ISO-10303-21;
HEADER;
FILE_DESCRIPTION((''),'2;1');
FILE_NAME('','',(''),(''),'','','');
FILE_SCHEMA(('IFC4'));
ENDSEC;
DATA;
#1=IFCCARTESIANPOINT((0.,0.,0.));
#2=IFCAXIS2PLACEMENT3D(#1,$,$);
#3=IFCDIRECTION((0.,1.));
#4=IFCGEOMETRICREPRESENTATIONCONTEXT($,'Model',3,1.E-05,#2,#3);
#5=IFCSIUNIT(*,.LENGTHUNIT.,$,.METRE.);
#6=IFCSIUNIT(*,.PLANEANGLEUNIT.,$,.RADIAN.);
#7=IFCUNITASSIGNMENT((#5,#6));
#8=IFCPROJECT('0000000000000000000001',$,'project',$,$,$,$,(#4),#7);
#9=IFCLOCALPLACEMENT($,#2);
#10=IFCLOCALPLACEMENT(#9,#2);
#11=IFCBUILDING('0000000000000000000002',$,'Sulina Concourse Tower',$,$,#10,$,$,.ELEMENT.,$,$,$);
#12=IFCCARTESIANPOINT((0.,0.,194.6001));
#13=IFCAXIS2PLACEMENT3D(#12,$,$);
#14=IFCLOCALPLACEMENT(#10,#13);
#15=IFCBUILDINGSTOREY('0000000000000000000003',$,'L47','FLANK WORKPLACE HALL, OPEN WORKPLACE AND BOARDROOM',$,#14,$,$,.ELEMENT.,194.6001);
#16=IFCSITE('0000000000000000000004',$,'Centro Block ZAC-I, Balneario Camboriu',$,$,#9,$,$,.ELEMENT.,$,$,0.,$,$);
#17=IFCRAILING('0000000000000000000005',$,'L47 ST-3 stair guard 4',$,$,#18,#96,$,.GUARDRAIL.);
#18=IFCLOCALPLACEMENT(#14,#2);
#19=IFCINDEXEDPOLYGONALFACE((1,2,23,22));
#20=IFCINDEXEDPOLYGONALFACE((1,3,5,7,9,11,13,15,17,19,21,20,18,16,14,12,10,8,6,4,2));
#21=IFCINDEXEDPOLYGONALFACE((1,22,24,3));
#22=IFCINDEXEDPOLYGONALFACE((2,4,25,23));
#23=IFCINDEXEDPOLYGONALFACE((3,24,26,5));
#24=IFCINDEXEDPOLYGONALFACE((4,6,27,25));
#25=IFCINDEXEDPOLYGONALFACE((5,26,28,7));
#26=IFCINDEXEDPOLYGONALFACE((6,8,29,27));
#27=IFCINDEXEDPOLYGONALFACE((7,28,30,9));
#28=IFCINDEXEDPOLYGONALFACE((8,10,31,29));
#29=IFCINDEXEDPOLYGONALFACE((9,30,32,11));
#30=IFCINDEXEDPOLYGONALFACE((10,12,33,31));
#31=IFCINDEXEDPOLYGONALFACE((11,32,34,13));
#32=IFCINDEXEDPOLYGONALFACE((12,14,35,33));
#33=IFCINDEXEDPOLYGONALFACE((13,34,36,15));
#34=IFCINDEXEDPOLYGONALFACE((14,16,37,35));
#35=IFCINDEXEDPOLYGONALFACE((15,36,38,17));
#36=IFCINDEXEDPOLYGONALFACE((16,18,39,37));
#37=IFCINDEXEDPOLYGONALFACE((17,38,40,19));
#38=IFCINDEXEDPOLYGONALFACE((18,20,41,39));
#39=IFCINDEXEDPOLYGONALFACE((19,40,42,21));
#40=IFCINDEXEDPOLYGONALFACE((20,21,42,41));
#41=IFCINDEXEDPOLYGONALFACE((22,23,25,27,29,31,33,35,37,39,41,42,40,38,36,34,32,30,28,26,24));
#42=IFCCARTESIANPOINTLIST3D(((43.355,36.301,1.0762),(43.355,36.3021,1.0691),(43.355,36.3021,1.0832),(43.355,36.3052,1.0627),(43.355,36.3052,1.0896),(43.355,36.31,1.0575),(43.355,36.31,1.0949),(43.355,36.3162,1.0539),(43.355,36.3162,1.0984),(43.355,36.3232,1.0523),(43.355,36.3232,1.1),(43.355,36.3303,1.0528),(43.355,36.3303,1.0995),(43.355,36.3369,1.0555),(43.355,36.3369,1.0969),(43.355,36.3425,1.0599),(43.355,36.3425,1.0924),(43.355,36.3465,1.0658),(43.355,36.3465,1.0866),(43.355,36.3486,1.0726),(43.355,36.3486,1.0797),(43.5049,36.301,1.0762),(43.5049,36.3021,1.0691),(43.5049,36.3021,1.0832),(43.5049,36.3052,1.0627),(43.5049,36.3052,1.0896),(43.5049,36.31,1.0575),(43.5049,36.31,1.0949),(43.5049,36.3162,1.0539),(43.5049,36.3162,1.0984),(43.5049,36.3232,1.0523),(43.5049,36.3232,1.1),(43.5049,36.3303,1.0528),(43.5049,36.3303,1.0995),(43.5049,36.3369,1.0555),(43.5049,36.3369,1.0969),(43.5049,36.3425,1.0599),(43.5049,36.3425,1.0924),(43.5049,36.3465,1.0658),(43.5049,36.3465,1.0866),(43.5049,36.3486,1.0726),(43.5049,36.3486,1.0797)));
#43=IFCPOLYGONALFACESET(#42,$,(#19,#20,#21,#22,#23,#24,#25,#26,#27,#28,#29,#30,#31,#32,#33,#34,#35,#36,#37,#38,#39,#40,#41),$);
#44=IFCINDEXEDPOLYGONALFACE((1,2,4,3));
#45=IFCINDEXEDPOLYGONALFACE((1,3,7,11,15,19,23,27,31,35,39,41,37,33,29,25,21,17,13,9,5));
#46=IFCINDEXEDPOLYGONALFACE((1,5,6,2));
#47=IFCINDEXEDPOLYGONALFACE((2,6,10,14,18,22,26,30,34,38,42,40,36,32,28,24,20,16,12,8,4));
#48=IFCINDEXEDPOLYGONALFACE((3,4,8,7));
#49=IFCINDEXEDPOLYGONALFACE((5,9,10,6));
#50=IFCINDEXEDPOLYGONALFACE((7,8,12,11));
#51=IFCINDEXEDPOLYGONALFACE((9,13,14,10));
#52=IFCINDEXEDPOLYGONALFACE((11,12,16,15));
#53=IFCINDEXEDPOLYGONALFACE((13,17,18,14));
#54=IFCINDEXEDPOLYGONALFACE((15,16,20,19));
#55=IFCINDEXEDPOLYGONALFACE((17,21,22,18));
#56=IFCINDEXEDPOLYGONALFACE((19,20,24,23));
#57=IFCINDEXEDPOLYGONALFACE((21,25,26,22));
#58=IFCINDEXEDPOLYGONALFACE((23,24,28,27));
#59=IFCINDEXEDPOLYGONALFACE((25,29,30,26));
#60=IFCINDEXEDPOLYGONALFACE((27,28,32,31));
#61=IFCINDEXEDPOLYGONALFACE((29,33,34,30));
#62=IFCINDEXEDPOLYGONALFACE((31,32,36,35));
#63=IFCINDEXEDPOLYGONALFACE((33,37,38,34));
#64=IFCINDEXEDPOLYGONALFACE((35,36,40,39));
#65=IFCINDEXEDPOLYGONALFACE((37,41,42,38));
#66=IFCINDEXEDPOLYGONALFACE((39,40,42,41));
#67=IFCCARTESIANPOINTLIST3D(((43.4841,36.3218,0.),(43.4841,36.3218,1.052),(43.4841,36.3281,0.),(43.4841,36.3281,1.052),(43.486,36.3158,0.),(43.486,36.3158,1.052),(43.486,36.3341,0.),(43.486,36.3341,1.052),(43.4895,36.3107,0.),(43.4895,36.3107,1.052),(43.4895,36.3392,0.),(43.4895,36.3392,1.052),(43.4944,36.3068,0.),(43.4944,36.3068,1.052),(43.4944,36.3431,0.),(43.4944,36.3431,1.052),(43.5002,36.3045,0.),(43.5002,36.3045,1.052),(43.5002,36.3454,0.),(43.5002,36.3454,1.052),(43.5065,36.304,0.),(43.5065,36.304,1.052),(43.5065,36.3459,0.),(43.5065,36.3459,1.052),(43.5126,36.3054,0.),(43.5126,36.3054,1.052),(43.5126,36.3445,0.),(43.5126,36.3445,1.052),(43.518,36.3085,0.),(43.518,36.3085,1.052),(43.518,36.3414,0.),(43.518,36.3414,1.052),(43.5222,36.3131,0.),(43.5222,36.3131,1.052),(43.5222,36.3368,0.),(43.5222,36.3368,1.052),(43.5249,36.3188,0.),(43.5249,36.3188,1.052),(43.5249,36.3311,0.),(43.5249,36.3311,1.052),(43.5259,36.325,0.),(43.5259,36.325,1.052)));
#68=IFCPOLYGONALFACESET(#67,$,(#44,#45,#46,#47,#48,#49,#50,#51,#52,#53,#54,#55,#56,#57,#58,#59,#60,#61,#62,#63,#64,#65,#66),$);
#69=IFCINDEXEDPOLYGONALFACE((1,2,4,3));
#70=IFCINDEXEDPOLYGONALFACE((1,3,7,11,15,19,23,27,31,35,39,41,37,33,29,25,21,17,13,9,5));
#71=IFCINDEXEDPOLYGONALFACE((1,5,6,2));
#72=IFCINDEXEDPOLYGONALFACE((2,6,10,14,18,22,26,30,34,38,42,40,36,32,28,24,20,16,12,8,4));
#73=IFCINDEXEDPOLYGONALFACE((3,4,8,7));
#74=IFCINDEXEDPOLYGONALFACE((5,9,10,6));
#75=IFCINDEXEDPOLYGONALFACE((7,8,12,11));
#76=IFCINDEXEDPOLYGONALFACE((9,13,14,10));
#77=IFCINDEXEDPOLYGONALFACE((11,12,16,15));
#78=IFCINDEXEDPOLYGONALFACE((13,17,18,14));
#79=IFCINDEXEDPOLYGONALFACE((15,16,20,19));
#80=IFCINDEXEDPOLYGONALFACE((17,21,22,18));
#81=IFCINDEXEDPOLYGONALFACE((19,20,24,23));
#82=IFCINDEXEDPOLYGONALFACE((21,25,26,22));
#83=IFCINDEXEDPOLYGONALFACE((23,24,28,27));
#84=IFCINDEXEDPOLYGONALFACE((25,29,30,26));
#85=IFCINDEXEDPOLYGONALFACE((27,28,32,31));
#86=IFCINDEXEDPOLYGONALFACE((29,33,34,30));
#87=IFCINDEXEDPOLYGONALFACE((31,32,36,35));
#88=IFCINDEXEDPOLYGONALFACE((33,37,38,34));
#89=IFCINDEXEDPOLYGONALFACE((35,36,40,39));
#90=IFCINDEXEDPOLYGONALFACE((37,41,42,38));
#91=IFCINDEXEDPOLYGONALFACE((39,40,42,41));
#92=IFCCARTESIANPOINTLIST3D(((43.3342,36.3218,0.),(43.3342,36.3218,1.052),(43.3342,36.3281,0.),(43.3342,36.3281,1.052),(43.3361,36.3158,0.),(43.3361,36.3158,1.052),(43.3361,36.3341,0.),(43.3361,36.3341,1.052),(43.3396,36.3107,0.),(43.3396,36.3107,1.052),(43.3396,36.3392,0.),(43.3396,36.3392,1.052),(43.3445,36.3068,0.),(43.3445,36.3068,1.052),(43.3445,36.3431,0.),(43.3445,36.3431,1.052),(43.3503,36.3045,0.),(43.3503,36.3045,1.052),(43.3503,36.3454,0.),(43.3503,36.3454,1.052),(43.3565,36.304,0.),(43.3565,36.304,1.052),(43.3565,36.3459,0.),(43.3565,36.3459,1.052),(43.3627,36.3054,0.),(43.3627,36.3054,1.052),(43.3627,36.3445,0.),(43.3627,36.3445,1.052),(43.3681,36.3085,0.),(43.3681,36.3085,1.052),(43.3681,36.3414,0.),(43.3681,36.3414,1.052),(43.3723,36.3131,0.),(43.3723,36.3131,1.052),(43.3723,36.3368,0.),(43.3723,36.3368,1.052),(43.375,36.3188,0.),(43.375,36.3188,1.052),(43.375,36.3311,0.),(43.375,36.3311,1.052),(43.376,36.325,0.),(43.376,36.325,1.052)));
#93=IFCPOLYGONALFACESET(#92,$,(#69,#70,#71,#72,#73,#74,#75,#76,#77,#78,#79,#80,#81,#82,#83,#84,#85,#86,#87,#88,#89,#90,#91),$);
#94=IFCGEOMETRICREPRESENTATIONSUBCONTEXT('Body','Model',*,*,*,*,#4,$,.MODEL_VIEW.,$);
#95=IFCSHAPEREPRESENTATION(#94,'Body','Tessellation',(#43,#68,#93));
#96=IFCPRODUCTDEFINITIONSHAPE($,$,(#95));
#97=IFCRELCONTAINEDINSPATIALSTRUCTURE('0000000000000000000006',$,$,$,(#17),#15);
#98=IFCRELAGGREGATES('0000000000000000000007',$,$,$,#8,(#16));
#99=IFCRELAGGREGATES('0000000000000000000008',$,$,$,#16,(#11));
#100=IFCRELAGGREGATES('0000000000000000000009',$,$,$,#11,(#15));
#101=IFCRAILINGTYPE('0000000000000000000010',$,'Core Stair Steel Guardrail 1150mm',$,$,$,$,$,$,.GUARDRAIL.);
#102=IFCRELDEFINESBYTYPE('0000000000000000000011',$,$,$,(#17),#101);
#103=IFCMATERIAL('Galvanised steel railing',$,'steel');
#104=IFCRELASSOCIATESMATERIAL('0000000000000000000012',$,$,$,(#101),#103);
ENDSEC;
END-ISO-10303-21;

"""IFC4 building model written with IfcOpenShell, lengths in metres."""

from ifc_helpers import new_model, si_unit, direction, frame, origin, origin_2d, place, context, subcontext, project, spatial, circle, extrude, material, type_object, element, save


model = new_model("IFC4")

# Units and contexts
model_context = context("Model", 3, precision=1e-05, world=origin(), true_north=direction((0.0, 1.0)))
body_context = subcontext(model_context, "Body", "Model", "MODEL_VIEW")
ifc_project = project(units=[si_unit("LENGTHUNIT", "METRE"), si_unit("PLANEANGLEUNIT", "RADIAN")], contexts=[model_context])

# Site, building, storey
site_placement = place(None, origin())
site = spatial("IfcSite", under=ifc_project, at=site_placement, Name="Centro Block ZAC-I, Balneario Camboriu", CompositionType="ELEMENT", RefElevation=0.0)
building_placement = place(site_placement, origin())
building = spatial("IfcBuilding", under=site, at=building_placement, Name="Sulina Concourse Tower", CompositionType="ELEMENT")
storey_placement = place(building_placement, frame((0.0, 0.0, 194.6001)))
storey = spatial("IfcBuildingStorey", under=building, at=storey_placement, Name="L47", Description="FLANK WORKPLACE HALL, OPEN WORKPLACE AND BOARDROOM", CompositionType="ELEMENT", Elevation=194.6001)

# Railing
ifc_material_1 = material(Name="Galvanised steel railing", Category="steel")
railing_type_1 = type_object("IfcRailingType", Name="Core Stair Steel Guardrail 1150mm", PredefinedType="GUARDRAIL", material=ifc_material_1)
railing_1_placement = place(storey_placement, frame((43.5049, 36.325, 0.0)))
element("IfcRailing", 1, at=railing_1_placement, inside=storey, type_object=railing_type_1, Name="L47 ST-3 stair guard 4", PredefinedType="GUARDRAIL", context=body_context, shape_type="SweptSolid", body=[
    extrude(circle(Radius=0.0239, at=origin_2d()), frame((0.0, 0.0, 1.0762), z_axis=(-1.0, 0.0, 0.0), x_axis=(0.0, -1.0, 0.0)), (0.0, 0.0, 1.0), 0.1499),
    extrude(circle(Radius=0.021, at=origin_2d()), origin(), (0.0, 0.0, 1.0), 1.052),
    extrude(circle(Radius=0.021, at=origin_2d()), frame((-0.1499, 0.0, 0.0)), (0.0, 0.0, 1.0), 1.052),
])

save(model, "model.ifc")
